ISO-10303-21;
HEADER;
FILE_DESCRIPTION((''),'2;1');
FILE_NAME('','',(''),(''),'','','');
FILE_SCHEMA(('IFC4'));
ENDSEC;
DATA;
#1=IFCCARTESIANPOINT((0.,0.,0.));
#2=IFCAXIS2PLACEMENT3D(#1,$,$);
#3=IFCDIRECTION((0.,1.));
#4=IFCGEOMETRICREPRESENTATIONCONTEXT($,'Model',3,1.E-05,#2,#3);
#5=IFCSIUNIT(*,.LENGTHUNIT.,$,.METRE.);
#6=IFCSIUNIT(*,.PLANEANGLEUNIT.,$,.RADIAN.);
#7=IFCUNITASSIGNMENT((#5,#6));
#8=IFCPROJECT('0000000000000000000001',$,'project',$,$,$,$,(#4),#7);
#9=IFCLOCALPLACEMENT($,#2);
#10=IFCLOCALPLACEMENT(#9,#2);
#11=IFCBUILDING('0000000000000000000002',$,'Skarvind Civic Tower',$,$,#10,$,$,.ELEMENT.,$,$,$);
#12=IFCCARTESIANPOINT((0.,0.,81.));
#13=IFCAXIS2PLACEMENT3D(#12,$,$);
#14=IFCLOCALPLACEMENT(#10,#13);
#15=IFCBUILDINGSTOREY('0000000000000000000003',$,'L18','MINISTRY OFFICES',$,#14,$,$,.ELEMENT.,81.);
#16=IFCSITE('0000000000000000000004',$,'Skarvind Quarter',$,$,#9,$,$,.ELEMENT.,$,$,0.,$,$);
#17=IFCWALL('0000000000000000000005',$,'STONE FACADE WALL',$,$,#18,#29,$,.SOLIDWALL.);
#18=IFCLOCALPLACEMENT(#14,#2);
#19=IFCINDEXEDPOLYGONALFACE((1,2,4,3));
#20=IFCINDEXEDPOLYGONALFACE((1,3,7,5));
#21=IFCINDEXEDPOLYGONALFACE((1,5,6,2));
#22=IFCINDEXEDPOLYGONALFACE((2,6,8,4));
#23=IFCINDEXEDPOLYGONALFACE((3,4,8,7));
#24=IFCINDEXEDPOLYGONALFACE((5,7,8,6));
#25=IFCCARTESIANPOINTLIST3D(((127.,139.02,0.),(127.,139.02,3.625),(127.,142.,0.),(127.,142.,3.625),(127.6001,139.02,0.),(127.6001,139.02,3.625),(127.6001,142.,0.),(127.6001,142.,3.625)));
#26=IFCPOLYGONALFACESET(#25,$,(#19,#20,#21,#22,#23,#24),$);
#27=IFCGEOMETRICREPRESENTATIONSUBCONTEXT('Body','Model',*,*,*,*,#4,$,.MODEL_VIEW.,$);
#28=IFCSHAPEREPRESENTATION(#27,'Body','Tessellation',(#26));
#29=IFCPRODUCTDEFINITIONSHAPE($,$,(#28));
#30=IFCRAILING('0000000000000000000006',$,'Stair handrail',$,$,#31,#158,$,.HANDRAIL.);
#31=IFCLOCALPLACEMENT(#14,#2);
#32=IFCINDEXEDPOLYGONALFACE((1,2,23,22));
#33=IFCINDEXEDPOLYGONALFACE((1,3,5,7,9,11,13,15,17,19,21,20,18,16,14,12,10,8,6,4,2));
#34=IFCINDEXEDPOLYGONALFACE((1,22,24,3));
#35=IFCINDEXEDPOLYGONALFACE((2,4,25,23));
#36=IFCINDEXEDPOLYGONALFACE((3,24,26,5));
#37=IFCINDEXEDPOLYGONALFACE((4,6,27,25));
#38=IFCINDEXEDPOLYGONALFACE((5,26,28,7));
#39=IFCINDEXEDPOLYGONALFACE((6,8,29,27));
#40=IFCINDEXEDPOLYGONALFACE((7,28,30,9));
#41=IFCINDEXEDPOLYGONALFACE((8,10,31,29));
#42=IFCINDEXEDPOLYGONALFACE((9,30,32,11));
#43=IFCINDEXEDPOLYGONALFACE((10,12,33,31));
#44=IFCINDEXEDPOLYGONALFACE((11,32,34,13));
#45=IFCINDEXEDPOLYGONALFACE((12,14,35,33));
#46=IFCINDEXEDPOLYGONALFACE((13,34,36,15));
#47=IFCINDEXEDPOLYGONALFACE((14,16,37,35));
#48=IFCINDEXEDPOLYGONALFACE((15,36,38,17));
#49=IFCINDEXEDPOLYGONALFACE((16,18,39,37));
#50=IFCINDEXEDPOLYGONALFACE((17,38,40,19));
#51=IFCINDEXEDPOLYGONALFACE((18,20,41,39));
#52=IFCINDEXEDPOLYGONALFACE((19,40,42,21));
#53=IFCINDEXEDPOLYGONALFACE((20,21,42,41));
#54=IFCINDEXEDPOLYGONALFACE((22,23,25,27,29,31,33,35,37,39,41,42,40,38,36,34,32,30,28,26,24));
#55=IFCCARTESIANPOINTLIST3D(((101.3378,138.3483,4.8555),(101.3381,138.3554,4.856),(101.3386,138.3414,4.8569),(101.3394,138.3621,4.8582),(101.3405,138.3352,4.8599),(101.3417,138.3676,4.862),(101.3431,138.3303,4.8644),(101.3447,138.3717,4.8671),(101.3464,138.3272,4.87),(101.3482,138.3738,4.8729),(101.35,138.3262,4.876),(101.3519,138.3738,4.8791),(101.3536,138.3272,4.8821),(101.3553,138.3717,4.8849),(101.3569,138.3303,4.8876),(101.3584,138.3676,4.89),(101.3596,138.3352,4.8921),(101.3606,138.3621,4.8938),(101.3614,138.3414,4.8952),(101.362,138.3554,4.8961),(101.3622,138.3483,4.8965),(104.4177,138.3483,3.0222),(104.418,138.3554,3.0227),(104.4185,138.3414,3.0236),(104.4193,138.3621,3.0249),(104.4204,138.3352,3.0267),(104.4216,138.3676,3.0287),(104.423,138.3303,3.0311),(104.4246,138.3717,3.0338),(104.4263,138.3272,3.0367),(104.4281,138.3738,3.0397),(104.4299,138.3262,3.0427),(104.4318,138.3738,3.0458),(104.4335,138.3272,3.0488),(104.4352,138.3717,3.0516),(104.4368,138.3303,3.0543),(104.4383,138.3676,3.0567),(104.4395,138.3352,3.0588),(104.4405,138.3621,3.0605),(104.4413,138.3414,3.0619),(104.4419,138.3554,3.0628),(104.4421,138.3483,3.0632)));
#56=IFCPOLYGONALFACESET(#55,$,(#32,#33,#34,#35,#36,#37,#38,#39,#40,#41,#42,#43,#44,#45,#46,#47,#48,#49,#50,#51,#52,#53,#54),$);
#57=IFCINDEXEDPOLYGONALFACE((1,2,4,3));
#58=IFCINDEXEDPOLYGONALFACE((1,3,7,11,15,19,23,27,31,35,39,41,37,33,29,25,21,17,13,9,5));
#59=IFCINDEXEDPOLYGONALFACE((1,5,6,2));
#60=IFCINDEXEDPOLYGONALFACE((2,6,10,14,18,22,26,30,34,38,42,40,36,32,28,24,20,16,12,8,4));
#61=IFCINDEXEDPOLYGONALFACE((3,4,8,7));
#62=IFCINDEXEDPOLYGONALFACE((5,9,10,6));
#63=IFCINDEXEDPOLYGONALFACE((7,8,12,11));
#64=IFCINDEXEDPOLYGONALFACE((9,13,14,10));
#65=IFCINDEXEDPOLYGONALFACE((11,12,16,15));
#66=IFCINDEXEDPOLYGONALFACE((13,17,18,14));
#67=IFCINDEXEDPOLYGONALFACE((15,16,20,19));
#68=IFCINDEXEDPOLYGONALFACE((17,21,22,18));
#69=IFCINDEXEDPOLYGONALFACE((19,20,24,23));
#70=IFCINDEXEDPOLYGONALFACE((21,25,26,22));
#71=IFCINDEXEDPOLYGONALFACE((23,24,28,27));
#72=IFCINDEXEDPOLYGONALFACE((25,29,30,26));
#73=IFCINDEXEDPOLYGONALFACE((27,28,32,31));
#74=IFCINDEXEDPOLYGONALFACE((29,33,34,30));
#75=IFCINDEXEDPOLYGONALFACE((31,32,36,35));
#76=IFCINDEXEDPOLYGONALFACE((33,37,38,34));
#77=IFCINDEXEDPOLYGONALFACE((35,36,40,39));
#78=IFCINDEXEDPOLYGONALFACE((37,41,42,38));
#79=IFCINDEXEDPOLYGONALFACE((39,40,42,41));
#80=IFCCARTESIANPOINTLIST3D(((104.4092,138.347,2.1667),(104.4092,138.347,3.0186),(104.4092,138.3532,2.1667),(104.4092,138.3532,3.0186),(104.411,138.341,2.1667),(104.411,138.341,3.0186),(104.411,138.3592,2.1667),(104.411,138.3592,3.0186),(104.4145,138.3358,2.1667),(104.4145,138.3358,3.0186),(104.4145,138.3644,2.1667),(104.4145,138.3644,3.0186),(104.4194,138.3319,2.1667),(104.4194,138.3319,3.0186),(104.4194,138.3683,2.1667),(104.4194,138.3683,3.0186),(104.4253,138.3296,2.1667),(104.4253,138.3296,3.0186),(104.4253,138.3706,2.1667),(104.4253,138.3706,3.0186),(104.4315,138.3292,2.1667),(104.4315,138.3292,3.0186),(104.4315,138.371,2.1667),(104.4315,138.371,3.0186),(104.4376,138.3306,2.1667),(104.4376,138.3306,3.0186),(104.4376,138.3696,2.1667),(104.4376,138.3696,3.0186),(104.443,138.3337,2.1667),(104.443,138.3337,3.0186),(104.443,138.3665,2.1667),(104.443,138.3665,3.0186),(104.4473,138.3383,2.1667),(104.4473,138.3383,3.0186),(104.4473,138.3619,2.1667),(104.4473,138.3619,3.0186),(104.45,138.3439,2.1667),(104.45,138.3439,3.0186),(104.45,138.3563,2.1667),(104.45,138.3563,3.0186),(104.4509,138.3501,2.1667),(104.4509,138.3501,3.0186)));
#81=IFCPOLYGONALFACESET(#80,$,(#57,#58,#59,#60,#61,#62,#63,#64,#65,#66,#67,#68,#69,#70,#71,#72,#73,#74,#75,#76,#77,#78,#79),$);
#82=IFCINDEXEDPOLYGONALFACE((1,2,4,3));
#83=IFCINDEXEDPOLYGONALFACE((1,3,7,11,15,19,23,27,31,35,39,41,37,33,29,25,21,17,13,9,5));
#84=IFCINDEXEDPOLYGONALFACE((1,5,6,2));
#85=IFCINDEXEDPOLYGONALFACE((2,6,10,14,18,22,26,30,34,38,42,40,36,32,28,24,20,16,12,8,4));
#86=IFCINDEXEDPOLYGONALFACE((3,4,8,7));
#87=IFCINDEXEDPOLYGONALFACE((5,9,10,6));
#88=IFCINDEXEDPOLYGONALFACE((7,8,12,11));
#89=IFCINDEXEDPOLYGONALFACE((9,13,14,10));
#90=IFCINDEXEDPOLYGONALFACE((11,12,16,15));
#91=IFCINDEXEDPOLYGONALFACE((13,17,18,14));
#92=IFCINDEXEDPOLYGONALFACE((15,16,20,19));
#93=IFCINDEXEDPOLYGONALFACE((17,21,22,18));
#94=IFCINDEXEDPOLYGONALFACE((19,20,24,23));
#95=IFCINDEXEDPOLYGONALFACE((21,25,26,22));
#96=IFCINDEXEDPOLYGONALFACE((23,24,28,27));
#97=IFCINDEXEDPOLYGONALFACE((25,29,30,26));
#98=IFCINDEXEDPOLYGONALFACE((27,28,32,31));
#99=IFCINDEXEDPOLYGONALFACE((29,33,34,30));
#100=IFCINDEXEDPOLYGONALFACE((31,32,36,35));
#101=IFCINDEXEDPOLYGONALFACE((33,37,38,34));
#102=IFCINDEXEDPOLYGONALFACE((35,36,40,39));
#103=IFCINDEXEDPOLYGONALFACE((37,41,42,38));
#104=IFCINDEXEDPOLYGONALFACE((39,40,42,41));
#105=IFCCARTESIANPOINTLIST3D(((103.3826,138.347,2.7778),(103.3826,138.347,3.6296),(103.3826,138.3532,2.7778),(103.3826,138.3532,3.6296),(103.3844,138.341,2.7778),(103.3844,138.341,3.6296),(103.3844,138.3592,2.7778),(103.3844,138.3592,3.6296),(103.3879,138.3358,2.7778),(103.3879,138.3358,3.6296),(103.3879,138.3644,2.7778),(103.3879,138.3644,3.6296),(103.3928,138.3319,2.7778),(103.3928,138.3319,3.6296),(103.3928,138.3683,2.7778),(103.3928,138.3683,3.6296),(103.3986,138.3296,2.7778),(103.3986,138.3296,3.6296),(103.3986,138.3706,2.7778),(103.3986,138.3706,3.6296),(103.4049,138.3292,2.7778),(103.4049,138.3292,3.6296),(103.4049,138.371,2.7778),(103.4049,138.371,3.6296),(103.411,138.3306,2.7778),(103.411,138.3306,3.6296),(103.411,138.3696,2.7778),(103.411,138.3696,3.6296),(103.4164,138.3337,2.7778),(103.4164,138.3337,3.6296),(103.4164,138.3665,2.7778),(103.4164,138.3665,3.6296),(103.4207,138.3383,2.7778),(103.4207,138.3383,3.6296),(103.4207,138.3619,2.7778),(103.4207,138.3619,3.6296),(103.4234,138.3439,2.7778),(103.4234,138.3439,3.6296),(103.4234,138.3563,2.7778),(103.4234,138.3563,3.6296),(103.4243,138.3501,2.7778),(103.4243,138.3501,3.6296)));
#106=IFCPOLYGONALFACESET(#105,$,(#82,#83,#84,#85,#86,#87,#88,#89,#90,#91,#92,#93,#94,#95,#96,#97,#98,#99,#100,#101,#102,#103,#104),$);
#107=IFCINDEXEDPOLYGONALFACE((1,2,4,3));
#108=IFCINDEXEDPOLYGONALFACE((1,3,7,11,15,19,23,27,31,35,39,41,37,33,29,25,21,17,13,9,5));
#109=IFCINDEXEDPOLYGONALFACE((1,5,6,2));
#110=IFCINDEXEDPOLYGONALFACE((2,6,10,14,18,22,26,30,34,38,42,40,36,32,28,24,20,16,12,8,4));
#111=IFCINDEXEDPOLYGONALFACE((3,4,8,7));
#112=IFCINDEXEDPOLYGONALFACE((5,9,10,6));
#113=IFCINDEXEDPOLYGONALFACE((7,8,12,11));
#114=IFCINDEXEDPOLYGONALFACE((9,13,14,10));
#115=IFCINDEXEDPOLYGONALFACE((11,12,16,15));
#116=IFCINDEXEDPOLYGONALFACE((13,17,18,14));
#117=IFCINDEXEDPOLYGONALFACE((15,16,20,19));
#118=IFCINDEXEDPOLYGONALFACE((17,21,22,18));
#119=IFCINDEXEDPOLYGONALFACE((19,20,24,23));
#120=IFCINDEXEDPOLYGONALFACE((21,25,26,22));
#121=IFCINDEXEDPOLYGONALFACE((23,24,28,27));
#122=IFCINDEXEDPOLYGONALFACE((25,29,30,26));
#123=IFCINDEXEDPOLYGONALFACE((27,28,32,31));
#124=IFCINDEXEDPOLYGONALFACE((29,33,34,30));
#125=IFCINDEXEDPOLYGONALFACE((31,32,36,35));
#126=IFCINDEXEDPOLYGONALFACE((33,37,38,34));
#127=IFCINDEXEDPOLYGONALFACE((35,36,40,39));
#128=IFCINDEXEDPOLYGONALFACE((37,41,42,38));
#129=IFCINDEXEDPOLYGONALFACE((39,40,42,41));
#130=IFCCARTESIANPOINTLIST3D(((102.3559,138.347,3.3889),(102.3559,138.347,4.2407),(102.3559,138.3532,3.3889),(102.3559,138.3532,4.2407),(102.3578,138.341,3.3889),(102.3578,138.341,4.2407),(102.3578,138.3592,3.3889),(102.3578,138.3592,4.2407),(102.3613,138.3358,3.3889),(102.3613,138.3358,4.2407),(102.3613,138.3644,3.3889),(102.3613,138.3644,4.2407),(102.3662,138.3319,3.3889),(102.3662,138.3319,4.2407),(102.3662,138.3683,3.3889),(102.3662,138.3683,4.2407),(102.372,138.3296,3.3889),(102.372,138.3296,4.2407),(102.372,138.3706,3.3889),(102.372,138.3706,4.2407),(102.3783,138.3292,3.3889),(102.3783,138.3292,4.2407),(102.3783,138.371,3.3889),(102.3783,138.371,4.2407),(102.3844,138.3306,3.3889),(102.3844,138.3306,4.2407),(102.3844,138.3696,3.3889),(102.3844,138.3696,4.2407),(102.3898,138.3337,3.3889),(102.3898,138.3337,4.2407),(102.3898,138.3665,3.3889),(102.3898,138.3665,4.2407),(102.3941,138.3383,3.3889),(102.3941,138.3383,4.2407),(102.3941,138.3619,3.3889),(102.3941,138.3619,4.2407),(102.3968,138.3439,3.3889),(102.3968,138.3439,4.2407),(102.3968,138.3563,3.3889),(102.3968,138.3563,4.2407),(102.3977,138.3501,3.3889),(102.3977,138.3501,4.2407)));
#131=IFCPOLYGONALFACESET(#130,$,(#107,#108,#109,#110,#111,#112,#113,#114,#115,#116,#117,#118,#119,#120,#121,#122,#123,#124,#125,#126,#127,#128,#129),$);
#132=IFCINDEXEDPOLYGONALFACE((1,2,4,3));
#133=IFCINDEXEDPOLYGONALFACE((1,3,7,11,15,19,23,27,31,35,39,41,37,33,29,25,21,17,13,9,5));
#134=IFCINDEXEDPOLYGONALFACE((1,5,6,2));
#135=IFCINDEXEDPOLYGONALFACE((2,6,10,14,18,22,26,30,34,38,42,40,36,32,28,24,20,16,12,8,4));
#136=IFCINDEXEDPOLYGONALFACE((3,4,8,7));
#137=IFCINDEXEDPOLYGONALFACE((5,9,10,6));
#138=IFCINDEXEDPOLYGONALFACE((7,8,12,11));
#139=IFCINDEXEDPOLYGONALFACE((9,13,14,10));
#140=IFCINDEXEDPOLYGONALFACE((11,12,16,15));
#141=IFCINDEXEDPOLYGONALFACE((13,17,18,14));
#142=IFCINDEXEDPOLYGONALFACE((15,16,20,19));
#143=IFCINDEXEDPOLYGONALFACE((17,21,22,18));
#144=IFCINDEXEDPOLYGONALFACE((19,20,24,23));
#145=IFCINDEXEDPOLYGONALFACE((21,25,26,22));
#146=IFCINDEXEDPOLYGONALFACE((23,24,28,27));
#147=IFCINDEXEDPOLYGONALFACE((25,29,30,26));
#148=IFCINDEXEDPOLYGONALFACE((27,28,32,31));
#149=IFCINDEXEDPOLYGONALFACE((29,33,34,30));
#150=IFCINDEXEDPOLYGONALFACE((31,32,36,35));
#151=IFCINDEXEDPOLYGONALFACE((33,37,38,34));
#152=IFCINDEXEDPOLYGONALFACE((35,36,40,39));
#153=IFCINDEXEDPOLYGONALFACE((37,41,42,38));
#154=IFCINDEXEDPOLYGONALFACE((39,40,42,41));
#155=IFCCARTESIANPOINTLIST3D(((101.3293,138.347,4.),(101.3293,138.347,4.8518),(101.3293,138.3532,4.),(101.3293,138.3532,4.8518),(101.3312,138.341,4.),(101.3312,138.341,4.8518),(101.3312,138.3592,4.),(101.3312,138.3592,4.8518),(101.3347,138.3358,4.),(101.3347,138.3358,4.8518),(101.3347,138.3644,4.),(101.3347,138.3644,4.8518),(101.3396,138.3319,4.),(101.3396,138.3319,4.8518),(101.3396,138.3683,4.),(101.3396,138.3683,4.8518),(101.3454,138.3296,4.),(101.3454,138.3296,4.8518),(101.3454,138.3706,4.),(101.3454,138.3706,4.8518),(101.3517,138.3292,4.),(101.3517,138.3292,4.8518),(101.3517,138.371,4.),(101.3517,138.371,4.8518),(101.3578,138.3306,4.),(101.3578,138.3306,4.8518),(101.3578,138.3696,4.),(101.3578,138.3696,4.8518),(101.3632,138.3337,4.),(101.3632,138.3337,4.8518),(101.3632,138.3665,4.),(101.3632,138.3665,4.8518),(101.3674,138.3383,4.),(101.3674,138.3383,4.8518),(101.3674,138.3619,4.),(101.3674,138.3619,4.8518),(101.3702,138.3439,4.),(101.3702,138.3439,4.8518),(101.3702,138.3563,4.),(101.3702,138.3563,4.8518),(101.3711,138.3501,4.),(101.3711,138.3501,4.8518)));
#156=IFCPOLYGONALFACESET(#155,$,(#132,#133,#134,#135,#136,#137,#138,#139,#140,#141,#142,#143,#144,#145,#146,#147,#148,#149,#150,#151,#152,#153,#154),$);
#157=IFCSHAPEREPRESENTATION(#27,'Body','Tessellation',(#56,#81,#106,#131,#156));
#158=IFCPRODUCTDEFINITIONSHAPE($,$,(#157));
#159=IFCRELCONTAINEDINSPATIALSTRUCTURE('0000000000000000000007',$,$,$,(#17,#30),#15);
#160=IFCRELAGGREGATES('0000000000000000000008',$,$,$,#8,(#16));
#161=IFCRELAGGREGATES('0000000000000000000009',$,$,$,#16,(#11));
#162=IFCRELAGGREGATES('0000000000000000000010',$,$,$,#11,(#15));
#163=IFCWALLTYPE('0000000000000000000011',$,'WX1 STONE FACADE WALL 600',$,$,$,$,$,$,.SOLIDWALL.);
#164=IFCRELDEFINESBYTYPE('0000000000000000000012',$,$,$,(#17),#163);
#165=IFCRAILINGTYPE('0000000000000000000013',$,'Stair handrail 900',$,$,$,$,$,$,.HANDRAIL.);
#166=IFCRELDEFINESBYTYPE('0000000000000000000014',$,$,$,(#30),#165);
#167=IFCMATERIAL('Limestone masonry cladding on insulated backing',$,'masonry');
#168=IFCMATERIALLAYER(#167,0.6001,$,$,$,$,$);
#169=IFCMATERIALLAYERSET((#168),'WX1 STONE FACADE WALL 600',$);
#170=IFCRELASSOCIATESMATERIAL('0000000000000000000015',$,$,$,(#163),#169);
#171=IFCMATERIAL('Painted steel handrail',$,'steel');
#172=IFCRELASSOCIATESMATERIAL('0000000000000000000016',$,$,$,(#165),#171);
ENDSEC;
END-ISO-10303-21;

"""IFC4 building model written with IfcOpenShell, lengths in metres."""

from ifc_helpers import new_model, si_unit, direction, frame, frame_2d, origin, origin_2d, place, context, subcontext, project, spatial, rectangle, circle, extrude, material, layer, layer_set, type_object, element, save


model = new_model("IFC4")

# Units and contexts
model_context = context("Model", 3, precision=1e-05, world=origin(), true_north=direction((0.0, 1.0)))
body_context = subcontext(model_context, "Body", "Model", "MODEL_VIEW")
ifc_project = project(units=[si_unit("LENGTHUNIT", "METRE"), si_unit("PLANEANGLEUNIT", "RADIAN")], contexts=[model_context])

# Site, building, storey
site_placement = place(None, origin())
site = spatial("IfcSite", under=ifc_project, at=site_placement, Name="Skarvind Quarter", CompositionType="ELEMENT", RefElevation=0.0)
building_placement = place(site_placement, origin())
building = spatial("IfcBuilding", under=site, at=building_placement, Name="Skarvind Civic Tower", CompositionType="ELEMENT")
storey_placement = place(building_placement, frame((0.0, 0.0, 81.0)))
storey = spatial("IfcBuildingStorey", under=building, at=storey_placement, Name="L18", Description="MINISTRY OFFICES", CompositionType="ELEMENT", Elevation=81.0)

# Wall
ifc_material_1 = material(Name="Limestone masonry cladding on insulated backing", Category="masonry")
ifc_layer_1 = layer(ifc_material_1, 0.6001)
ifc_layer_set_1 = layer_set([ifc_layer_1], Name="WX1 STONE FACADE WALL 600")
wall_type_1 = type_object("IfcWallType", Name="WX1 STONE FACADE WALL 600", PredefinedType="SOLIDWALL", material=ifc_layer_set_1)
wall_1_placement = place(storey_placement, frame((127.3, 139.02, 0.0), z_axis=(0.0, 0.0, 1.0), x_axis=(0.0, 1.0, 0.0)))
element("IfcWall", 1, at=wall_1_placement, inside=storey, type_object=wall_type_1, Name="STONE FACADE WALL", PredefinedType="SOLIDWALL", context=body_context, shape_type="SweptSolid", body=[
    extrude(rectangle(XDim=2.98, YDim=0.6001, at=frame_2d((1.49, 0.0))), origin(), (0.0, 0.0, 1.0), 3.625),
])

# Railing
ifc_material_2 = material(Name="Painted steel handrail", Category="steel")
railing_type = type_object("IfcRailingType", Name="Stair handrail 900", PredefinedType="HANDRAIL", material=ifc_material_2)
railing_placement = place(storey_placement, frame((104.4299, 138.3501, 2.1667)))
element("IfcRailing", 2, at=railing_placement, inside=storey, type_object=railing_type, Name="Stair handrail", PredefinedType="HANDRAIL", context=body_context, shape_type="SweptSolid", body=[
    extrude(circle(Radius=0.0239, at=origin_2d()), frame((0.0, 0.0, 0.876), z_axis=(-0.859291, 0.0, 0.511487), x_axis=(0.0, -1.0, 0.0)), (0.0, 0.0, 1.0), 3.5842),
    extrude(circle(Radius=0.021, at=origin_2d()), origin(), (0.0, 0.0, 1.0), 0.8518),
    extrude(circle(Radius=0.021, at=origin_2d()), frame((-1.0266, 0.0, 0.6111)), (0.0, 0.0, 1.0), 0.8518),
    extrude(circle(Radius=0.021, at=origin_2d()), frame((-2.0532, 0.0, 1.2222)), (0.0, 0.0, 1.0), 0.8518),
    extrude(circle(Radius=0.021, at=origin_2d()), frame((-3.0798, 0.0, 1.8333)), (0.0, 0.0, 1.0), 0.8518),
])

save(model, "model.ifc")
